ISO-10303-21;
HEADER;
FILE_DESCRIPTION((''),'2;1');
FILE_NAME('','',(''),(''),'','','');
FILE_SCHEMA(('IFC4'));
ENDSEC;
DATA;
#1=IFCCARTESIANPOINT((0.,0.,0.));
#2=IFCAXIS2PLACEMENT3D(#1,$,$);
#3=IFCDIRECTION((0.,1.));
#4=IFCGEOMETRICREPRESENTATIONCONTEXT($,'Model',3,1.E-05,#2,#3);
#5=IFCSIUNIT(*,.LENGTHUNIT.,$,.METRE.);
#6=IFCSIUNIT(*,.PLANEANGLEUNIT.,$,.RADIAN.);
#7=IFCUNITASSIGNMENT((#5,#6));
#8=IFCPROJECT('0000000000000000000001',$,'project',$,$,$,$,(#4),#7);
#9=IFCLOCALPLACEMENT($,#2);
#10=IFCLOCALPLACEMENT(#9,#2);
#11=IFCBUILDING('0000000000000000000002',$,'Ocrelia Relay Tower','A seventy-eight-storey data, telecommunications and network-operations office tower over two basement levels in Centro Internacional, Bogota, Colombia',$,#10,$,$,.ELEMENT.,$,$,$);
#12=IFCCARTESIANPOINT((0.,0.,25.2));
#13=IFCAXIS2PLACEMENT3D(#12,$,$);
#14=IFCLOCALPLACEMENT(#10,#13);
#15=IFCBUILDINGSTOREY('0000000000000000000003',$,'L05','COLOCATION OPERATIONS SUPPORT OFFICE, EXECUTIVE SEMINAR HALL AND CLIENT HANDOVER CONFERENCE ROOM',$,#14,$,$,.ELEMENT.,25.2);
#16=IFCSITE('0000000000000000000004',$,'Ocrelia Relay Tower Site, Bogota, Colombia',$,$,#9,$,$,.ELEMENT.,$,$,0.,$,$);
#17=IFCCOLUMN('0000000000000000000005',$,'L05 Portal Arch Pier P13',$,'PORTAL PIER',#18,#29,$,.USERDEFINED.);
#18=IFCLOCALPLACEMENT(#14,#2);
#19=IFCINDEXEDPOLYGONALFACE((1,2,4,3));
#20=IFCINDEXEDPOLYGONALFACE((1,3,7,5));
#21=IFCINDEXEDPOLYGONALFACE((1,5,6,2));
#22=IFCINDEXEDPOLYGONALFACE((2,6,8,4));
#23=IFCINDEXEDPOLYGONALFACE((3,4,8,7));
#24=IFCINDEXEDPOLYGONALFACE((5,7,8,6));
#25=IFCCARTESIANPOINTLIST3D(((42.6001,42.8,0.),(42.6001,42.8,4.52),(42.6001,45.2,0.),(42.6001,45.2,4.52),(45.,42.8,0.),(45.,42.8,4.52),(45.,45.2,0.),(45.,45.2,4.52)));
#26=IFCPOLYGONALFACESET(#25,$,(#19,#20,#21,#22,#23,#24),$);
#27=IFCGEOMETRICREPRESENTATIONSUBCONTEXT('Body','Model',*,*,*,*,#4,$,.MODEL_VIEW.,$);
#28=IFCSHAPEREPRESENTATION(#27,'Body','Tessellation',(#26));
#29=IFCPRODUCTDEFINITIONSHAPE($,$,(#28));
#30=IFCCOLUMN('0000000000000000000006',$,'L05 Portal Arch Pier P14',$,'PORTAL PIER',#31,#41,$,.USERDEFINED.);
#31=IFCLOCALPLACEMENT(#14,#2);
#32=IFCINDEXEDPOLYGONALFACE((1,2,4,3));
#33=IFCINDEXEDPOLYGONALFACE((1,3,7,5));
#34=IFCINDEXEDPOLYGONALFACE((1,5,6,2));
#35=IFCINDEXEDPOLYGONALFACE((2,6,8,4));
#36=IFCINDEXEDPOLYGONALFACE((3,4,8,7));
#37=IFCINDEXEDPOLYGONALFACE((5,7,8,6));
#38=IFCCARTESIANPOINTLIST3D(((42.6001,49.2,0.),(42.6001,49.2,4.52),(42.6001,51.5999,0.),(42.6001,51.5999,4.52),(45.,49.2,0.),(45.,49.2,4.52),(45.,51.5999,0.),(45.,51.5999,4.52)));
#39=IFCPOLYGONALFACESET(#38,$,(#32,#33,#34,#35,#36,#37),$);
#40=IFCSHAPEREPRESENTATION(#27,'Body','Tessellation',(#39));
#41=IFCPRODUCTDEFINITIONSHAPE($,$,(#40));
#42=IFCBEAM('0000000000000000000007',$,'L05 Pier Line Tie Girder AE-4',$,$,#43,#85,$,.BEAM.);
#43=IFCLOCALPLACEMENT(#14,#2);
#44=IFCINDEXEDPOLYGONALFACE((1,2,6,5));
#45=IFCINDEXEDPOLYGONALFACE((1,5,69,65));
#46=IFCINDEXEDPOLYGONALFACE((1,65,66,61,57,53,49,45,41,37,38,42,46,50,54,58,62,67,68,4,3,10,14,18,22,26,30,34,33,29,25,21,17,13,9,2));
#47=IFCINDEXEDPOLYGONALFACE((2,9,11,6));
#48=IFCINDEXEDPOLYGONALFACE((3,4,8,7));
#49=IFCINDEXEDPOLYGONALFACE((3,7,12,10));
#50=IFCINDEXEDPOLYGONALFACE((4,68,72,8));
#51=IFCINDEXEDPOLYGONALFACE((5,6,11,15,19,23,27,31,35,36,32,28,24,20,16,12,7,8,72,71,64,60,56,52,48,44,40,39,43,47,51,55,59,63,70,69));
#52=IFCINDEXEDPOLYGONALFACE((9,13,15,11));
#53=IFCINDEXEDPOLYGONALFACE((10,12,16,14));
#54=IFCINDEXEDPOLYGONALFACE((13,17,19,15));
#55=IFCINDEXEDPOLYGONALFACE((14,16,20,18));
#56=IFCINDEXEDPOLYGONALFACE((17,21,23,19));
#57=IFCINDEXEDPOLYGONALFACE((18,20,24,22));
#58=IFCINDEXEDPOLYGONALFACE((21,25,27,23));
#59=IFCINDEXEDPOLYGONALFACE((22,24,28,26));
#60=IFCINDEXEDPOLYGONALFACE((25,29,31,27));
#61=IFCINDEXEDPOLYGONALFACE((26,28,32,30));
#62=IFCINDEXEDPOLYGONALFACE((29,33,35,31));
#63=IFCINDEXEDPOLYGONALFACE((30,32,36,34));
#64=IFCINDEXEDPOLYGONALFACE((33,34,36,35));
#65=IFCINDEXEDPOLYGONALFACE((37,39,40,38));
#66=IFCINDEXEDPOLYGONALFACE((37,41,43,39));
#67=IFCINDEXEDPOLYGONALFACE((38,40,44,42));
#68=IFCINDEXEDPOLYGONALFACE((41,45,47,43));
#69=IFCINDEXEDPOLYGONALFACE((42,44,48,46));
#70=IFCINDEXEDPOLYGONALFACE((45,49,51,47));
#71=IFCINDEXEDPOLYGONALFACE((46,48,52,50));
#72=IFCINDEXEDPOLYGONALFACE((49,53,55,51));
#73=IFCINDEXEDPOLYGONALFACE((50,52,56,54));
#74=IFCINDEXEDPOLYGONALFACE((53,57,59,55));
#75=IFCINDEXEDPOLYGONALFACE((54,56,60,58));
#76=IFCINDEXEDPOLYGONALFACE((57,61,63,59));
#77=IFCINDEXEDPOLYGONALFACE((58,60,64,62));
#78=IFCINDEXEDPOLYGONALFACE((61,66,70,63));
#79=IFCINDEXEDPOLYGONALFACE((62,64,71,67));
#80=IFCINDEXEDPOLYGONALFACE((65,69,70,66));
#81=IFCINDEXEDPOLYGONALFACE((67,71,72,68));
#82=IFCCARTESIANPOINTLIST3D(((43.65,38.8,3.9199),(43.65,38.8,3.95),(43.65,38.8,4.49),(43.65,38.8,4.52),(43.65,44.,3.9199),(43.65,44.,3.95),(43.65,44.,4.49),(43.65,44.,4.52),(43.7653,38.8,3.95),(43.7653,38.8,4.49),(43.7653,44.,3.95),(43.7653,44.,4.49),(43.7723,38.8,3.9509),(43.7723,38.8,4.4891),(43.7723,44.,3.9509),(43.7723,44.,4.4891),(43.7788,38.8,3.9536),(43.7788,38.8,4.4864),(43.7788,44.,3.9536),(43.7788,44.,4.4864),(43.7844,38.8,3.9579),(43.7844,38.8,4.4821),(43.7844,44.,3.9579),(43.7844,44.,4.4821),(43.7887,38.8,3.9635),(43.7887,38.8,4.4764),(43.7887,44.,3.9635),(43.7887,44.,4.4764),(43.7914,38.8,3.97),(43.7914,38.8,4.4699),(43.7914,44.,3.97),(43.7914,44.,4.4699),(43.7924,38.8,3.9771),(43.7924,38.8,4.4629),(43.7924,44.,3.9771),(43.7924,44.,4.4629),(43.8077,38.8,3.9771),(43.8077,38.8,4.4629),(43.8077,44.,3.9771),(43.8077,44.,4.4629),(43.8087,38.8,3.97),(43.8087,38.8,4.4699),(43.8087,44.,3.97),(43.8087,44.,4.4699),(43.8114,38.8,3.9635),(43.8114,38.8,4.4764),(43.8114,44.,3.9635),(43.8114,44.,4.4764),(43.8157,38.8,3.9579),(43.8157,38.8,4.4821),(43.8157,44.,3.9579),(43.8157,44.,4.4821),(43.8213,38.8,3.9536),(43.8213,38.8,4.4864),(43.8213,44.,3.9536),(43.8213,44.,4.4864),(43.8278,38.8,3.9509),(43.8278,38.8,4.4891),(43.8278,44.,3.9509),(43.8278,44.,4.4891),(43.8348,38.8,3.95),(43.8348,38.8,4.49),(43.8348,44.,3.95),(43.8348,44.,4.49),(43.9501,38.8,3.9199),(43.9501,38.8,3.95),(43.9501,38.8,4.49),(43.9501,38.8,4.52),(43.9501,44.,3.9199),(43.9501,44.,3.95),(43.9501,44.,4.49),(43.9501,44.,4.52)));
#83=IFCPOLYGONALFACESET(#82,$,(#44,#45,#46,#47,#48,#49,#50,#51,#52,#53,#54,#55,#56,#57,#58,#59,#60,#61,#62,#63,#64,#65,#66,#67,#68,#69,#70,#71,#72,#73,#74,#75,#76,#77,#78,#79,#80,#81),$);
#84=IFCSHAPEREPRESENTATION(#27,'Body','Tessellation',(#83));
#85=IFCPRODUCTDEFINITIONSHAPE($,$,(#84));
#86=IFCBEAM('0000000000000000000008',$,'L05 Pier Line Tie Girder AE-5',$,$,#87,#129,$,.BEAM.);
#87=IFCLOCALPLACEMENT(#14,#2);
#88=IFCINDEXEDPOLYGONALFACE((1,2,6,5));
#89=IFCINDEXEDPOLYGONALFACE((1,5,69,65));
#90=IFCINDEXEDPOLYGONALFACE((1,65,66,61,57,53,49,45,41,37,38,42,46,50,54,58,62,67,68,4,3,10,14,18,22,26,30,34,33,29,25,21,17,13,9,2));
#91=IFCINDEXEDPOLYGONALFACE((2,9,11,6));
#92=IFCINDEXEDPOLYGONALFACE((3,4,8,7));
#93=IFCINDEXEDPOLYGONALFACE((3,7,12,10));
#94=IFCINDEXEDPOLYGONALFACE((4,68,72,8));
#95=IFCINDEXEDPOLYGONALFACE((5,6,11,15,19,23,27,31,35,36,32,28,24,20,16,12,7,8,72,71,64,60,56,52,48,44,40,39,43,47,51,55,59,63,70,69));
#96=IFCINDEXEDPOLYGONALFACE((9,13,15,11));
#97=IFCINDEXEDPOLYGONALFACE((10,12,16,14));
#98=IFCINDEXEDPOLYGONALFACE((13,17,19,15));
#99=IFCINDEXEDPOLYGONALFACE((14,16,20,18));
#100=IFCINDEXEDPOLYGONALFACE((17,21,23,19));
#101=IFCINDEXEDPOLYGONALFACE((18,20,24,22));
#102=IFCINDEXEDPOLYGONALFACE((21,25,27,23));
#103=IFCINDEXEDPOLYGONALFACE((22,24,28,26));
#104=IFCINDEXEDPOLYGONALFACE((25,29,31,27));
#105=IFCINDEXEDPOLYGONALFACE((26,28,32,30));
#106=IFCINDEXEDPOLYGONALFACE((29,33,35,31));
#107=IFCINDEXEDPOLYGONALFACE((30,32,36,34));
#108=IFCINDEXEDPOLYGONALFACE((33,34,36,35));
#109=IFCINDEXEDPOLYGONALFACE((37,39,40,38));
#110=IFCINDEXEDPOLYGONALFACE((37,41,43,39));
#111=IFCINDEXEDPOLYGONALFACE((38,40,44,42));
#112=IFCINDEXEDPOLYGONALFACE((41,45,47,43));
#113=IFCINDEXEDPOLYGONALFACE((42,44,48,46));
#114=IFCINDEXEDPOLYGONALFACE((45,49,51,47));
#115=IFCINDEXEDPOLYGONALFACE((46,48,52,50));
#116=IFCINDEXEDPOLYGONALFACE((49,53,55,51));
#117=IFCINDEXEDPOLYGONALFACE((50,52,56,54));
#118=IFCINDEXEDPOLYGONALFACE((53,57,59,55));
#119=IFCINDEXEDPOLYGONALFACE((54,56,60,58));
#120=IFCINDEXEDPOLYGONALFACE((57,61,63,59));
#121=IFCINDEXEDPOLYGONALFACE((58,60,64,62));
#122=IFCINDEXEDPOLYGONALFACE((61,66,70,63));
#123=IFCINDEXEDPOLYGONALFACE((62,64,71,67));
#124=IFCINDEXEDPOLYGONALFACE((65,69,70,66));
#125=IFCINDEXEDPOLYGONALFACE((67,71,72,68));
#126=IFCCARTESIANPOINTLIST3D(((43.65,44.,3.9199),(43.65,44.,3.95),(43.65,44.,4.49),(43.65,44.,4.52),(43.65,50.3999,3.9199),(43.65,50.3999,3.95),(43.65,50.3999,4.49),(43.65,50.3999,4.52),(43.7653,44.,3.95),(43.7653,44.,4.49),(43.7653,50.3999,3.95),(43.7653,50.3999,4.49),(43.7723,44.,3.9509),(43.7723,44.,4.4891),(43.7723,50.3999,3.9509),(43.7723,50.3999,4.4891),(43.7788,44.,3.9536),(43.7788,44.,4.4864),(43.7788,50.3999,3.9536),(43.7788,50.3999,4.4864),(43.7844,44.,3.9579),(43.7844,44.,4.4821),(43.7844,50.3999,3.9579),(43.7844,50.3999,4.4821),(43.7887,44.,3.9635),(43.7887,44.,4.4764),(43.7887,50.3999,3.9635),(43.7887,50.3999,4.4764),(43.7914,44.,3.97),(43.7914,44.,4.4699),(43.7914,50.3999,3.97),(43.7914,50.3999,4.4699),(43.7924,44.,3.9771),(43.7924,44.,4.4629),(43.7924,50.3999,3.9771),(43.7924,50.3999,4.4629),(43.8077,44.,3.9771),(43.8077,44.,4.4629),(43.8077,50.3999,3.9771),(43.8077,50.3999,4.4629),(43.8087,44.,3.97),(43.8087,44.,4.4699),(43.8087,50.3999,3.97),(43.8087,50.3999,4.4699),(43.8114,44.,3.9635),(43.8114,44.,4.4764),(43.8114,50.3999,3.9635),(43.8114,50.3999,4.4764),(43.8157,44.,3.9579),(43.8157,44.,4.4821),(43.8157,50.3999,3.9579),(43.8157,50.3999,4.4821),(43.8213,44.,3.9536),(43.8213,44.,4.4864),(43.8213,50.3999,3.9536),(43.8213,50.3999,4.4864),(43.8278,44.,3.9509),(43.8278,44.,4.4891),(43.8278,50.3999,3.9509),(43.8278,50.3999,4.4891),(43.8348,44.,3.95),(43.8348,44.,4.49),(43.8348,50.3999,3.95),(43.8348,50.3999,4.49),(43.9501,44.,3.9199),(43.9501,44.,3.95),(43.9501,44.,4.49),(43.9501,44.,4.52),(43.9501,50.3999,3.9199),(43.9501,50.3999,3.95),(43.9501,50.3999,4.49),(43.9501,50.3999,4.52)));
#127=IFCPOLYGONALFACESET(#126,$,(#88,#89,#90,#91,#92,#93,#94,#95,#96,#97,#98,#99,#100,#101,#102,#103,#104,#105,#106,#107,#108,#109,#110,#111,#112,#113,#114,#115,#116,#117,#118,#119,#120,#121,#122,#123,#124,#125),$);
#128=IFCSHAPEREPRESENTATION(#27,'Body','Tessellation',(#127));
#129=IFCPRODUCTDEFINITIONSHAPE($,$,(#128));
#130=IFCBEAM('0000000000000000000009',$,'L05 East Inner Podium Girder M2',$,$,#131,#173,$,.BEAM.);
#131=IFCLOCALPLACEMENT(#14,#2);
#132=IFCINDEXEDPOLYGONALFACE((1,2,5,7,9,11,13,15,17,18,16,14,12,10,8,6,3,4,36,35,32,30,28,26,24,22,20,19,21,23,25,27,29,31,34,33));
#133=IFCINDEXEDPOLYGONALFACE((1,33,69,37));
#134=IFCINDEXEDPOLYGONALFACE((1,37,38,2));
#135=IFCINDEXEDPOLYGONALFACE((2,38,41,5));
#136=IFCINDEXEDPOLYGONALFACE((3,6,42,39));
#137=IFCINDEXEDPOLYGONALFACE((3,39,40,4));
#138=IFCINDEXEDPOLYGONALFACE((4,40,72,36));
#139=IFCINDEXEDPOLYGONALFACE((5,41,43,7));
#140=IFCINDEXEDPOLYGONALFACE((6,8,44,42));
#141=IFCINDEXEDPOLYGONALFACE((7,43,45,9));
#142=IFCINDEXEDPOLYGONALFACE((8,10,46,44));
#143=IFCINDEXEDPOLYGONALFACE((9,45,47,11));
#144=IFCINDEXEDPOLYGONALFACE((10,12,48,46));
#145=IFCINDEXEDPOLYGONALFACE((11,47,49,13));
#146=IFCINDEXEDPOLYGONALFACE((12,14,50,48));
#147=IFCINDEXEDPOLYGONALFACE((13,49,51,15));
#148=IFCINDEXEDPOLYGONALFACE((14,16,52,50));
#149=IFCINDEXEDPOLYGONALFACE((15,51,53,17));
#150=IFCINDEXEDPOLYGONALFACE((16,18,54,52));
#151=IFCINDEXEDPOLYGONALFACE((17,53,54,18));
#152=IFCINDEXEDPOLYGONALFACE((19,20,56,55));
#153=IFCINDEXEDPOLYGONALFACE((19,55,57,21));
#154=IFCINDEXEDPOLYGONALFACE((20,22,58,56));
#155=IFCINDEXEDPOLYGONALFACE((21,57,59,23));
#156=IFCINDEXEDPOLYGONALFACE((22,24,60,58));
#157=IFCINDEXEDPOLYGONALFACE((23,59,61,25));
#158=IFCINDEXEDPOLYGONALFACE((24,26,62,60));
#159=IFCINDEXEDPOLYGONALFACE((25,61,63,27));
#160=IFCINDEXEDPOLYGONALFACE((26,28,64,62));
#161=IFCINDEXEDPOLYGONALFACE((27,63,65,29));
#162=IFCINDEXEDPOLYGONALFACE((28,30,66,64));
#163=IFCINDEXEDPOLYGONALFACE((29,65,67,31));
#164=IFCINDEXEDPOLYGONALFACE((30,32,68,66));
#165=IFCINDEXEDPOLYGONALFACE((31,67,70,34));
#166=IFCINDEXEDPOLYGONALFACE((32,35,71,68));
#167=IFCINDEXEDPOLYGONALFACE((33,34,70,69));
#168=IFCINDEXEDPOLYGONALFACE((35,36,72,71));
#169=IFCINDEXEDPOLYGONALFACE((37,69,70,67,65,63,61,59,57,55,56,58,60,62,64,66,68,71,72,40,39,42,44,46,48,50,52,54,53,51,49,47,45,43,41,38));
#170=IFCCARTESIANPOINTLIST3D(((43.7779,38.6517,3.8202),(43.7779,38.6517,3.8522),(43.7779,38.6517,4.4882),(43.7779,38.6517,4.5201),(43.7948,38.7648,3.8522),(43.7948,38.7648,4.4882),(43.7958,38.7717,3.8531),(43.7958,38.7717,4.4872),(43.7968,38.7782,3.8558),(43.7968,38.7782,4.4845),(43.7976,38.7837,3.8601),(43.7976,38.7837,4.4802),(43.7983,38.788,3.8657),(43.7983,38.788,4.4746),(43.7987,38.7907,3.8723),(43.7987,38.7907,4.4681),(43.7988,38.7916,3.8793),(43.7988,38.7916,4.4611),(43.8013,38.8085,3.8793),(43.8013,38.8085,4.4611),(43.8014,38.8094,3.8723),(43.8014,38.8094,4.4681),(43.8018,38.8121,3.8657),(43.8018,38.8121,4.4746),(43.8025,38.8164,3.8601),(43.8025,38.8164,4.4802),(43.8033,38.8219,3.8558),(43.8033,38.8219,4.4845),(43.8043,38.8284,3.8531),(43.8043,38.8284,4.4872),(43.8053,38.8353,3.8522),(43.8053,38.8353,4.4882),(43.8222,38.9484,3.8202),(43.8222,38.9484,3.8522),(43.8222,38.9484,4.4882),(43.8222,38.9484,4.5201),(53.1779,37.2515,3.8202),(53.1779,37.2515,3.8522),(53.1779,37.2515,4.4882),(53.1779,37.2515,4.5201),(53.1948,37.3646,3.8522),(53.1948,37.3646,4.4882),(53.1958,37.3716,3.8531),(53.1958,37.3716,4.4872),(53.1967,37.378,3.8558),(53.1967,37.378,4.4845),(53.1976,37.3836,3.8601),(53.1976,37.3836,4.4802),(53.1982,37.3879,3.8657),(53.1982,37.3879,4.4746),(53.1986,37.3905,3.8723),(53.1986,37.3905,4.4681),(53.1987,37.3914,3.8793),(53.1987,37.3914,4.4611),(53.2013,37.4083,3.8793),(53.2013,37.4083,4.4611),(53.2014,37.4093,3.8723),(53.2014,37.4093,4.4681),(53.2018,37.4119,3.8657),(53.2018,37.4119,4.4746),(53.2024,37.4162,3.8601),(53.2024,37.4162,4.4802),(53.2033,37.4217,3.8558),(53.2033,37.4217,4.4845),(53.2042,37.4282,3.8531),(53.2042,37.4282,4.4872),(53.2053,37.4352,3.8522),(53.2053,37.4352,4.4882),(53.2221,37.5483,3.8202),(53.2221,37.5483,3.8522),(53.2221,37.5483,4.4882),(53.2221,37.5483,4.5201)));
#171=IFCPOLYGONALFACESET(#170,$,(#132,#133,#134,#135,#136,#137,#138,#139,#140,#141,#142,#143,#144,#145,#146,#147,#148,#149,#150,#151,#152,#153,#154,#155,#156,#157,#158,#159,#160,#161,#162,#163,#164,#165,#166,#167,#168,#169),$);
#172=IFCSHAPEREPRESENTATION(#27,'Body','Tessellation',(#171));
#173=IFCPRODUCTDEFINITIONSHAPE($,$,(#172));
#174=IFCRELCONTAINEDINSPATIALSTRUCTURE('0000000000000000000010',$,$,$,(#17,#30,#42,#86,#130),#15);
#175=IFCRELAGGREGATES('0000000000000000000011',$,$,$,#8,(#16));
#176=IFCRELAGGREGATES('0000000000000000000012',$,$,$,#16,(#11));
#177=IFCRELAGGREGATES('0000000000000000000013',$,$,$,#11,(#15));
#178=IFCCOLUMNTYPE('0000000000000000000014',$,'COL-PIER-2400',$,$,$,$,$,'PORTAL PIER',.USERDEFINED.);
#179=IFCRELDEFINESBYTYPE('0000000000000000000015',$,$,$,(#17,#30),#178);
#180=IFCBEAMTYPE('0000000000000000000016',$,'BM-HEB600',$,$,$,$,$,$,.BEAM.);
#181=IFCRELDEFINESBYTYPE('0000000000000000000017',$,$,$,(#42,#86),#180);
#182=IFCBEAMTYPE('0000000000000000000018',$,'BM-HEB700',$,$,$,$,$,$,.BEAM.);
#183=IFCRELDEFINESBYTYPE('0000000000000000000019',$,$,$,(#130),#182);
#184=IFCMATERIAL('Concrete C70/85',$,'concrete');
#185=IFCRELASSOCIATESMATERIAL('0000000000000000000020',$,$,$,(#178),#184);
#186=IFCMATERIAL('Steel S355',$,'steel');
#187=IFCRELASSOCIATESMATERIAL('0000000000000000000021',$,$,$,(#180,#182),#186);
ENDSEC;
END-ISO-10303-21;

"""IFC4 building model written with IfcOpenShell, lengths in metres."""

from ifc_helpers import new_model, si_unit, direction, frame, origin, origin_2d, place, context, subcontext, project, spatial, rectangle, i_section, extrude, material, material_profile, profile_set, type_object, element, save


model = new_model("IFC4")

# Units and contexts
model_context = context("Model", 3, precision=1e-05, world=origin(), true_north=direction((0.0, 1.0)))
body_context = subcontext(model_context, "Body", "Model", "MODEL_VIEW")
ifc_project = project(units=[si_unit("LENGTHUNIT", "METRE"), si_unit("PLANEANGLEUNIT", "RADIAN")], contexts=[model_context])

# Site, building, storey
site_placement = place(None, origin())
site = spatial("IfcSite", under=ifc_project, at=site_placement, Name="Ocrelia Relay Tower Site, Bogota, Colombia", CompositionType="ELEMENT", RefElevation=0.0)
building_placement = place(site_placement, origin())
building = spatial("IfcBuilding", under=site, at=building_placement, Name="Ocrelia Relay Tower", Description="A seventy-eight-storey data, telecommunications and network-operations office tower over two basement levels in Centro Internacional, Bogota, Colombia", CompositionType="ELEMENT")
storey_placement = place(building_placement, frame((0.0, 0.0, 25.2)))
storey = spatial("IfcBuildingStorey", under=building, at=storey_placement, Name="L05", Description="COLOCATION OPERATIONS SUPPORT OFFICE, EXECUTIVE SEMINAR HALL AND CLIENT HANDOVER CONFERENCE ROOM", CompositionType="ELEMENT", Elevation=25.2)

# Columns
ifc_material_1 = material(Name="Concrete C70/85", Category="concrete")
ifc_material_profile_1 = material_profile(ifc_material_1, rectangle(XDim=2.3999, YDim=2.3999, at=origin_2d()), Name="RC-PIER-2400x2400")
ifc_profile_set_1 = profile_set([ifc_material_profile_1], Name="Concrete C70/85")
column_type = type_object("IfcColumnType", Name="COL-PIER-2400", ElementType="PORTAL PIER", PredefinedType="USERDEFINED", material=ifc_profile_set_1)
for number, where, z_axis, x_axis, name in (
    (1, (43.8, 44.0, 0.0), (0.0, 0.0, 1.0), (1.0, 0.0, 0.0), "L05 Portal Arch Pier P13"),
    (2, (43.8, 50.3999, 0.0), (0.0, 0.0, 1.0), (1.0, 0.0, 0.0), "L05 Portal Arch Pier P14"),
):
    element("IfcColumn", number, at=place(storey_placement, frame(where, z_axis=z_axis, x_axis=x_axis)), inside=storey, type_object=column_type, Name=name, ObjectType="PORTAL PIER", PredefinedType="USERDEFINED", context=body_context, shape_type="SweptSolid", body=[
        extrude(rectangle(XDim=2.3999, YDim=2.3999, at=origin_2d()), origin(), (0.0, 0.0, 1.0), 4.52),
    ])

# Beams
ifc_material_2 = material(Name="Steel S355", Category="steel")
ifc_material_profile_2 = material_profile(ifc_material_2, i_section(OverallWidth=0.3, OverallDepth=0.6001, WebThickness=0.0154, FlangeThickness=0.03, FilletRadius=0.0271, at=origin_2d()), Name="HEB 600")
ifc_profile_set_2 = profile_set([ifc_material_profile_2], Name="Steel S355")
beam_type_1 = type_object("IfcBeamType", Name="BM-HEB600", PredefinedType="BEAM", material=ifc_profile_set_2)
beam_1_placement = place(storey_placement, frame((43.8, 38.8, 4.22), z_axis=(0.0, 1.0, 0.0), x_axis=(-1.0, 0.0, 0.0)))
element("IfcBeam", 3, at=beam_1_placement, inside=storey, type_object=beam_type_1, Name="L05 Pier Line Tie Girder AE-4", PredefinedType="BEAM", context=body_context, shape_type="SweptSolid", body=[
    extrude(i_section(OverallWidth=0.3, OverallDepth=0.6001, WebThickness=0.0154, FlangeThickness=0.03, FilletRadius=0.0271, at=origin_2d()), origin(), (0.0, 0.0, 1.0), 5.2),
])
beam_2_placement = place(storey_placement, frame((43.8, 44.0, 4.22), z_axis=(0.0, 1.0, 0.0), x_axis=(-1.0, 0.0, 0.0)))
element("IfcBeam", 4, at=beam_2_placement, inside=storey, type_object=beam_type_1, Name="L05 Pier Line Tie Girder AE-5", PredefinedType="BEAM", context=body_context, shape_type="SweptSolid", body=[
    extrude(i_section(OverallWidth=0.3, OverallDepth=0.6001, WebThickness=0.0154, FlangeThickness=0.03, FilletRadius=0.0271, at=origin_2d()), origin(), (0.0, 0.0, 1.0), 6.3999),
])
ifc_material_profile_3 = material_profile(ifc_material_2, i_section(OverallWidth=0.3, OverallDepth=0.7, WebThickness=0.0171, FlangeThickness=0.032, FilletRadius=0.0271, at=origin_2d()), Name="HEB 700")
ifc_profile_set_3 = profile_set([ifc_material_profile_3], Name="Steel S355")
beam_type_2 = type_object("IfcBeamType", Name="BM-HEB700", PredefinedType="BEAM", material=ifc_profile_set_3)
beam_3_placement = place(storey_placement, frame((43.8, 38.8, 4.1702), z_axis=(0.989088, -0.147328, 0.0), x_axis=(0.147328, 0.989088, 0.0)))
element("IfcBeam", 5, at=beam_3_placement, inside=storey, type_object=beam_type_2, Name="L05 East Inner Podium Girder M2", PredefinedType="BEAM", context=body_context, shape_type="SweptSolid", body=[
    extrude(i_section(OverallWidth=0.3, OverallDepth=0.7, WebThickness=0.0171, FlangeThickness=0.032, FilletRadius=0.0271, at=origin_2d()), origin(), (0.0, 0.0, 1.0), 9.5037),
])

save(model, "model.ifc")
